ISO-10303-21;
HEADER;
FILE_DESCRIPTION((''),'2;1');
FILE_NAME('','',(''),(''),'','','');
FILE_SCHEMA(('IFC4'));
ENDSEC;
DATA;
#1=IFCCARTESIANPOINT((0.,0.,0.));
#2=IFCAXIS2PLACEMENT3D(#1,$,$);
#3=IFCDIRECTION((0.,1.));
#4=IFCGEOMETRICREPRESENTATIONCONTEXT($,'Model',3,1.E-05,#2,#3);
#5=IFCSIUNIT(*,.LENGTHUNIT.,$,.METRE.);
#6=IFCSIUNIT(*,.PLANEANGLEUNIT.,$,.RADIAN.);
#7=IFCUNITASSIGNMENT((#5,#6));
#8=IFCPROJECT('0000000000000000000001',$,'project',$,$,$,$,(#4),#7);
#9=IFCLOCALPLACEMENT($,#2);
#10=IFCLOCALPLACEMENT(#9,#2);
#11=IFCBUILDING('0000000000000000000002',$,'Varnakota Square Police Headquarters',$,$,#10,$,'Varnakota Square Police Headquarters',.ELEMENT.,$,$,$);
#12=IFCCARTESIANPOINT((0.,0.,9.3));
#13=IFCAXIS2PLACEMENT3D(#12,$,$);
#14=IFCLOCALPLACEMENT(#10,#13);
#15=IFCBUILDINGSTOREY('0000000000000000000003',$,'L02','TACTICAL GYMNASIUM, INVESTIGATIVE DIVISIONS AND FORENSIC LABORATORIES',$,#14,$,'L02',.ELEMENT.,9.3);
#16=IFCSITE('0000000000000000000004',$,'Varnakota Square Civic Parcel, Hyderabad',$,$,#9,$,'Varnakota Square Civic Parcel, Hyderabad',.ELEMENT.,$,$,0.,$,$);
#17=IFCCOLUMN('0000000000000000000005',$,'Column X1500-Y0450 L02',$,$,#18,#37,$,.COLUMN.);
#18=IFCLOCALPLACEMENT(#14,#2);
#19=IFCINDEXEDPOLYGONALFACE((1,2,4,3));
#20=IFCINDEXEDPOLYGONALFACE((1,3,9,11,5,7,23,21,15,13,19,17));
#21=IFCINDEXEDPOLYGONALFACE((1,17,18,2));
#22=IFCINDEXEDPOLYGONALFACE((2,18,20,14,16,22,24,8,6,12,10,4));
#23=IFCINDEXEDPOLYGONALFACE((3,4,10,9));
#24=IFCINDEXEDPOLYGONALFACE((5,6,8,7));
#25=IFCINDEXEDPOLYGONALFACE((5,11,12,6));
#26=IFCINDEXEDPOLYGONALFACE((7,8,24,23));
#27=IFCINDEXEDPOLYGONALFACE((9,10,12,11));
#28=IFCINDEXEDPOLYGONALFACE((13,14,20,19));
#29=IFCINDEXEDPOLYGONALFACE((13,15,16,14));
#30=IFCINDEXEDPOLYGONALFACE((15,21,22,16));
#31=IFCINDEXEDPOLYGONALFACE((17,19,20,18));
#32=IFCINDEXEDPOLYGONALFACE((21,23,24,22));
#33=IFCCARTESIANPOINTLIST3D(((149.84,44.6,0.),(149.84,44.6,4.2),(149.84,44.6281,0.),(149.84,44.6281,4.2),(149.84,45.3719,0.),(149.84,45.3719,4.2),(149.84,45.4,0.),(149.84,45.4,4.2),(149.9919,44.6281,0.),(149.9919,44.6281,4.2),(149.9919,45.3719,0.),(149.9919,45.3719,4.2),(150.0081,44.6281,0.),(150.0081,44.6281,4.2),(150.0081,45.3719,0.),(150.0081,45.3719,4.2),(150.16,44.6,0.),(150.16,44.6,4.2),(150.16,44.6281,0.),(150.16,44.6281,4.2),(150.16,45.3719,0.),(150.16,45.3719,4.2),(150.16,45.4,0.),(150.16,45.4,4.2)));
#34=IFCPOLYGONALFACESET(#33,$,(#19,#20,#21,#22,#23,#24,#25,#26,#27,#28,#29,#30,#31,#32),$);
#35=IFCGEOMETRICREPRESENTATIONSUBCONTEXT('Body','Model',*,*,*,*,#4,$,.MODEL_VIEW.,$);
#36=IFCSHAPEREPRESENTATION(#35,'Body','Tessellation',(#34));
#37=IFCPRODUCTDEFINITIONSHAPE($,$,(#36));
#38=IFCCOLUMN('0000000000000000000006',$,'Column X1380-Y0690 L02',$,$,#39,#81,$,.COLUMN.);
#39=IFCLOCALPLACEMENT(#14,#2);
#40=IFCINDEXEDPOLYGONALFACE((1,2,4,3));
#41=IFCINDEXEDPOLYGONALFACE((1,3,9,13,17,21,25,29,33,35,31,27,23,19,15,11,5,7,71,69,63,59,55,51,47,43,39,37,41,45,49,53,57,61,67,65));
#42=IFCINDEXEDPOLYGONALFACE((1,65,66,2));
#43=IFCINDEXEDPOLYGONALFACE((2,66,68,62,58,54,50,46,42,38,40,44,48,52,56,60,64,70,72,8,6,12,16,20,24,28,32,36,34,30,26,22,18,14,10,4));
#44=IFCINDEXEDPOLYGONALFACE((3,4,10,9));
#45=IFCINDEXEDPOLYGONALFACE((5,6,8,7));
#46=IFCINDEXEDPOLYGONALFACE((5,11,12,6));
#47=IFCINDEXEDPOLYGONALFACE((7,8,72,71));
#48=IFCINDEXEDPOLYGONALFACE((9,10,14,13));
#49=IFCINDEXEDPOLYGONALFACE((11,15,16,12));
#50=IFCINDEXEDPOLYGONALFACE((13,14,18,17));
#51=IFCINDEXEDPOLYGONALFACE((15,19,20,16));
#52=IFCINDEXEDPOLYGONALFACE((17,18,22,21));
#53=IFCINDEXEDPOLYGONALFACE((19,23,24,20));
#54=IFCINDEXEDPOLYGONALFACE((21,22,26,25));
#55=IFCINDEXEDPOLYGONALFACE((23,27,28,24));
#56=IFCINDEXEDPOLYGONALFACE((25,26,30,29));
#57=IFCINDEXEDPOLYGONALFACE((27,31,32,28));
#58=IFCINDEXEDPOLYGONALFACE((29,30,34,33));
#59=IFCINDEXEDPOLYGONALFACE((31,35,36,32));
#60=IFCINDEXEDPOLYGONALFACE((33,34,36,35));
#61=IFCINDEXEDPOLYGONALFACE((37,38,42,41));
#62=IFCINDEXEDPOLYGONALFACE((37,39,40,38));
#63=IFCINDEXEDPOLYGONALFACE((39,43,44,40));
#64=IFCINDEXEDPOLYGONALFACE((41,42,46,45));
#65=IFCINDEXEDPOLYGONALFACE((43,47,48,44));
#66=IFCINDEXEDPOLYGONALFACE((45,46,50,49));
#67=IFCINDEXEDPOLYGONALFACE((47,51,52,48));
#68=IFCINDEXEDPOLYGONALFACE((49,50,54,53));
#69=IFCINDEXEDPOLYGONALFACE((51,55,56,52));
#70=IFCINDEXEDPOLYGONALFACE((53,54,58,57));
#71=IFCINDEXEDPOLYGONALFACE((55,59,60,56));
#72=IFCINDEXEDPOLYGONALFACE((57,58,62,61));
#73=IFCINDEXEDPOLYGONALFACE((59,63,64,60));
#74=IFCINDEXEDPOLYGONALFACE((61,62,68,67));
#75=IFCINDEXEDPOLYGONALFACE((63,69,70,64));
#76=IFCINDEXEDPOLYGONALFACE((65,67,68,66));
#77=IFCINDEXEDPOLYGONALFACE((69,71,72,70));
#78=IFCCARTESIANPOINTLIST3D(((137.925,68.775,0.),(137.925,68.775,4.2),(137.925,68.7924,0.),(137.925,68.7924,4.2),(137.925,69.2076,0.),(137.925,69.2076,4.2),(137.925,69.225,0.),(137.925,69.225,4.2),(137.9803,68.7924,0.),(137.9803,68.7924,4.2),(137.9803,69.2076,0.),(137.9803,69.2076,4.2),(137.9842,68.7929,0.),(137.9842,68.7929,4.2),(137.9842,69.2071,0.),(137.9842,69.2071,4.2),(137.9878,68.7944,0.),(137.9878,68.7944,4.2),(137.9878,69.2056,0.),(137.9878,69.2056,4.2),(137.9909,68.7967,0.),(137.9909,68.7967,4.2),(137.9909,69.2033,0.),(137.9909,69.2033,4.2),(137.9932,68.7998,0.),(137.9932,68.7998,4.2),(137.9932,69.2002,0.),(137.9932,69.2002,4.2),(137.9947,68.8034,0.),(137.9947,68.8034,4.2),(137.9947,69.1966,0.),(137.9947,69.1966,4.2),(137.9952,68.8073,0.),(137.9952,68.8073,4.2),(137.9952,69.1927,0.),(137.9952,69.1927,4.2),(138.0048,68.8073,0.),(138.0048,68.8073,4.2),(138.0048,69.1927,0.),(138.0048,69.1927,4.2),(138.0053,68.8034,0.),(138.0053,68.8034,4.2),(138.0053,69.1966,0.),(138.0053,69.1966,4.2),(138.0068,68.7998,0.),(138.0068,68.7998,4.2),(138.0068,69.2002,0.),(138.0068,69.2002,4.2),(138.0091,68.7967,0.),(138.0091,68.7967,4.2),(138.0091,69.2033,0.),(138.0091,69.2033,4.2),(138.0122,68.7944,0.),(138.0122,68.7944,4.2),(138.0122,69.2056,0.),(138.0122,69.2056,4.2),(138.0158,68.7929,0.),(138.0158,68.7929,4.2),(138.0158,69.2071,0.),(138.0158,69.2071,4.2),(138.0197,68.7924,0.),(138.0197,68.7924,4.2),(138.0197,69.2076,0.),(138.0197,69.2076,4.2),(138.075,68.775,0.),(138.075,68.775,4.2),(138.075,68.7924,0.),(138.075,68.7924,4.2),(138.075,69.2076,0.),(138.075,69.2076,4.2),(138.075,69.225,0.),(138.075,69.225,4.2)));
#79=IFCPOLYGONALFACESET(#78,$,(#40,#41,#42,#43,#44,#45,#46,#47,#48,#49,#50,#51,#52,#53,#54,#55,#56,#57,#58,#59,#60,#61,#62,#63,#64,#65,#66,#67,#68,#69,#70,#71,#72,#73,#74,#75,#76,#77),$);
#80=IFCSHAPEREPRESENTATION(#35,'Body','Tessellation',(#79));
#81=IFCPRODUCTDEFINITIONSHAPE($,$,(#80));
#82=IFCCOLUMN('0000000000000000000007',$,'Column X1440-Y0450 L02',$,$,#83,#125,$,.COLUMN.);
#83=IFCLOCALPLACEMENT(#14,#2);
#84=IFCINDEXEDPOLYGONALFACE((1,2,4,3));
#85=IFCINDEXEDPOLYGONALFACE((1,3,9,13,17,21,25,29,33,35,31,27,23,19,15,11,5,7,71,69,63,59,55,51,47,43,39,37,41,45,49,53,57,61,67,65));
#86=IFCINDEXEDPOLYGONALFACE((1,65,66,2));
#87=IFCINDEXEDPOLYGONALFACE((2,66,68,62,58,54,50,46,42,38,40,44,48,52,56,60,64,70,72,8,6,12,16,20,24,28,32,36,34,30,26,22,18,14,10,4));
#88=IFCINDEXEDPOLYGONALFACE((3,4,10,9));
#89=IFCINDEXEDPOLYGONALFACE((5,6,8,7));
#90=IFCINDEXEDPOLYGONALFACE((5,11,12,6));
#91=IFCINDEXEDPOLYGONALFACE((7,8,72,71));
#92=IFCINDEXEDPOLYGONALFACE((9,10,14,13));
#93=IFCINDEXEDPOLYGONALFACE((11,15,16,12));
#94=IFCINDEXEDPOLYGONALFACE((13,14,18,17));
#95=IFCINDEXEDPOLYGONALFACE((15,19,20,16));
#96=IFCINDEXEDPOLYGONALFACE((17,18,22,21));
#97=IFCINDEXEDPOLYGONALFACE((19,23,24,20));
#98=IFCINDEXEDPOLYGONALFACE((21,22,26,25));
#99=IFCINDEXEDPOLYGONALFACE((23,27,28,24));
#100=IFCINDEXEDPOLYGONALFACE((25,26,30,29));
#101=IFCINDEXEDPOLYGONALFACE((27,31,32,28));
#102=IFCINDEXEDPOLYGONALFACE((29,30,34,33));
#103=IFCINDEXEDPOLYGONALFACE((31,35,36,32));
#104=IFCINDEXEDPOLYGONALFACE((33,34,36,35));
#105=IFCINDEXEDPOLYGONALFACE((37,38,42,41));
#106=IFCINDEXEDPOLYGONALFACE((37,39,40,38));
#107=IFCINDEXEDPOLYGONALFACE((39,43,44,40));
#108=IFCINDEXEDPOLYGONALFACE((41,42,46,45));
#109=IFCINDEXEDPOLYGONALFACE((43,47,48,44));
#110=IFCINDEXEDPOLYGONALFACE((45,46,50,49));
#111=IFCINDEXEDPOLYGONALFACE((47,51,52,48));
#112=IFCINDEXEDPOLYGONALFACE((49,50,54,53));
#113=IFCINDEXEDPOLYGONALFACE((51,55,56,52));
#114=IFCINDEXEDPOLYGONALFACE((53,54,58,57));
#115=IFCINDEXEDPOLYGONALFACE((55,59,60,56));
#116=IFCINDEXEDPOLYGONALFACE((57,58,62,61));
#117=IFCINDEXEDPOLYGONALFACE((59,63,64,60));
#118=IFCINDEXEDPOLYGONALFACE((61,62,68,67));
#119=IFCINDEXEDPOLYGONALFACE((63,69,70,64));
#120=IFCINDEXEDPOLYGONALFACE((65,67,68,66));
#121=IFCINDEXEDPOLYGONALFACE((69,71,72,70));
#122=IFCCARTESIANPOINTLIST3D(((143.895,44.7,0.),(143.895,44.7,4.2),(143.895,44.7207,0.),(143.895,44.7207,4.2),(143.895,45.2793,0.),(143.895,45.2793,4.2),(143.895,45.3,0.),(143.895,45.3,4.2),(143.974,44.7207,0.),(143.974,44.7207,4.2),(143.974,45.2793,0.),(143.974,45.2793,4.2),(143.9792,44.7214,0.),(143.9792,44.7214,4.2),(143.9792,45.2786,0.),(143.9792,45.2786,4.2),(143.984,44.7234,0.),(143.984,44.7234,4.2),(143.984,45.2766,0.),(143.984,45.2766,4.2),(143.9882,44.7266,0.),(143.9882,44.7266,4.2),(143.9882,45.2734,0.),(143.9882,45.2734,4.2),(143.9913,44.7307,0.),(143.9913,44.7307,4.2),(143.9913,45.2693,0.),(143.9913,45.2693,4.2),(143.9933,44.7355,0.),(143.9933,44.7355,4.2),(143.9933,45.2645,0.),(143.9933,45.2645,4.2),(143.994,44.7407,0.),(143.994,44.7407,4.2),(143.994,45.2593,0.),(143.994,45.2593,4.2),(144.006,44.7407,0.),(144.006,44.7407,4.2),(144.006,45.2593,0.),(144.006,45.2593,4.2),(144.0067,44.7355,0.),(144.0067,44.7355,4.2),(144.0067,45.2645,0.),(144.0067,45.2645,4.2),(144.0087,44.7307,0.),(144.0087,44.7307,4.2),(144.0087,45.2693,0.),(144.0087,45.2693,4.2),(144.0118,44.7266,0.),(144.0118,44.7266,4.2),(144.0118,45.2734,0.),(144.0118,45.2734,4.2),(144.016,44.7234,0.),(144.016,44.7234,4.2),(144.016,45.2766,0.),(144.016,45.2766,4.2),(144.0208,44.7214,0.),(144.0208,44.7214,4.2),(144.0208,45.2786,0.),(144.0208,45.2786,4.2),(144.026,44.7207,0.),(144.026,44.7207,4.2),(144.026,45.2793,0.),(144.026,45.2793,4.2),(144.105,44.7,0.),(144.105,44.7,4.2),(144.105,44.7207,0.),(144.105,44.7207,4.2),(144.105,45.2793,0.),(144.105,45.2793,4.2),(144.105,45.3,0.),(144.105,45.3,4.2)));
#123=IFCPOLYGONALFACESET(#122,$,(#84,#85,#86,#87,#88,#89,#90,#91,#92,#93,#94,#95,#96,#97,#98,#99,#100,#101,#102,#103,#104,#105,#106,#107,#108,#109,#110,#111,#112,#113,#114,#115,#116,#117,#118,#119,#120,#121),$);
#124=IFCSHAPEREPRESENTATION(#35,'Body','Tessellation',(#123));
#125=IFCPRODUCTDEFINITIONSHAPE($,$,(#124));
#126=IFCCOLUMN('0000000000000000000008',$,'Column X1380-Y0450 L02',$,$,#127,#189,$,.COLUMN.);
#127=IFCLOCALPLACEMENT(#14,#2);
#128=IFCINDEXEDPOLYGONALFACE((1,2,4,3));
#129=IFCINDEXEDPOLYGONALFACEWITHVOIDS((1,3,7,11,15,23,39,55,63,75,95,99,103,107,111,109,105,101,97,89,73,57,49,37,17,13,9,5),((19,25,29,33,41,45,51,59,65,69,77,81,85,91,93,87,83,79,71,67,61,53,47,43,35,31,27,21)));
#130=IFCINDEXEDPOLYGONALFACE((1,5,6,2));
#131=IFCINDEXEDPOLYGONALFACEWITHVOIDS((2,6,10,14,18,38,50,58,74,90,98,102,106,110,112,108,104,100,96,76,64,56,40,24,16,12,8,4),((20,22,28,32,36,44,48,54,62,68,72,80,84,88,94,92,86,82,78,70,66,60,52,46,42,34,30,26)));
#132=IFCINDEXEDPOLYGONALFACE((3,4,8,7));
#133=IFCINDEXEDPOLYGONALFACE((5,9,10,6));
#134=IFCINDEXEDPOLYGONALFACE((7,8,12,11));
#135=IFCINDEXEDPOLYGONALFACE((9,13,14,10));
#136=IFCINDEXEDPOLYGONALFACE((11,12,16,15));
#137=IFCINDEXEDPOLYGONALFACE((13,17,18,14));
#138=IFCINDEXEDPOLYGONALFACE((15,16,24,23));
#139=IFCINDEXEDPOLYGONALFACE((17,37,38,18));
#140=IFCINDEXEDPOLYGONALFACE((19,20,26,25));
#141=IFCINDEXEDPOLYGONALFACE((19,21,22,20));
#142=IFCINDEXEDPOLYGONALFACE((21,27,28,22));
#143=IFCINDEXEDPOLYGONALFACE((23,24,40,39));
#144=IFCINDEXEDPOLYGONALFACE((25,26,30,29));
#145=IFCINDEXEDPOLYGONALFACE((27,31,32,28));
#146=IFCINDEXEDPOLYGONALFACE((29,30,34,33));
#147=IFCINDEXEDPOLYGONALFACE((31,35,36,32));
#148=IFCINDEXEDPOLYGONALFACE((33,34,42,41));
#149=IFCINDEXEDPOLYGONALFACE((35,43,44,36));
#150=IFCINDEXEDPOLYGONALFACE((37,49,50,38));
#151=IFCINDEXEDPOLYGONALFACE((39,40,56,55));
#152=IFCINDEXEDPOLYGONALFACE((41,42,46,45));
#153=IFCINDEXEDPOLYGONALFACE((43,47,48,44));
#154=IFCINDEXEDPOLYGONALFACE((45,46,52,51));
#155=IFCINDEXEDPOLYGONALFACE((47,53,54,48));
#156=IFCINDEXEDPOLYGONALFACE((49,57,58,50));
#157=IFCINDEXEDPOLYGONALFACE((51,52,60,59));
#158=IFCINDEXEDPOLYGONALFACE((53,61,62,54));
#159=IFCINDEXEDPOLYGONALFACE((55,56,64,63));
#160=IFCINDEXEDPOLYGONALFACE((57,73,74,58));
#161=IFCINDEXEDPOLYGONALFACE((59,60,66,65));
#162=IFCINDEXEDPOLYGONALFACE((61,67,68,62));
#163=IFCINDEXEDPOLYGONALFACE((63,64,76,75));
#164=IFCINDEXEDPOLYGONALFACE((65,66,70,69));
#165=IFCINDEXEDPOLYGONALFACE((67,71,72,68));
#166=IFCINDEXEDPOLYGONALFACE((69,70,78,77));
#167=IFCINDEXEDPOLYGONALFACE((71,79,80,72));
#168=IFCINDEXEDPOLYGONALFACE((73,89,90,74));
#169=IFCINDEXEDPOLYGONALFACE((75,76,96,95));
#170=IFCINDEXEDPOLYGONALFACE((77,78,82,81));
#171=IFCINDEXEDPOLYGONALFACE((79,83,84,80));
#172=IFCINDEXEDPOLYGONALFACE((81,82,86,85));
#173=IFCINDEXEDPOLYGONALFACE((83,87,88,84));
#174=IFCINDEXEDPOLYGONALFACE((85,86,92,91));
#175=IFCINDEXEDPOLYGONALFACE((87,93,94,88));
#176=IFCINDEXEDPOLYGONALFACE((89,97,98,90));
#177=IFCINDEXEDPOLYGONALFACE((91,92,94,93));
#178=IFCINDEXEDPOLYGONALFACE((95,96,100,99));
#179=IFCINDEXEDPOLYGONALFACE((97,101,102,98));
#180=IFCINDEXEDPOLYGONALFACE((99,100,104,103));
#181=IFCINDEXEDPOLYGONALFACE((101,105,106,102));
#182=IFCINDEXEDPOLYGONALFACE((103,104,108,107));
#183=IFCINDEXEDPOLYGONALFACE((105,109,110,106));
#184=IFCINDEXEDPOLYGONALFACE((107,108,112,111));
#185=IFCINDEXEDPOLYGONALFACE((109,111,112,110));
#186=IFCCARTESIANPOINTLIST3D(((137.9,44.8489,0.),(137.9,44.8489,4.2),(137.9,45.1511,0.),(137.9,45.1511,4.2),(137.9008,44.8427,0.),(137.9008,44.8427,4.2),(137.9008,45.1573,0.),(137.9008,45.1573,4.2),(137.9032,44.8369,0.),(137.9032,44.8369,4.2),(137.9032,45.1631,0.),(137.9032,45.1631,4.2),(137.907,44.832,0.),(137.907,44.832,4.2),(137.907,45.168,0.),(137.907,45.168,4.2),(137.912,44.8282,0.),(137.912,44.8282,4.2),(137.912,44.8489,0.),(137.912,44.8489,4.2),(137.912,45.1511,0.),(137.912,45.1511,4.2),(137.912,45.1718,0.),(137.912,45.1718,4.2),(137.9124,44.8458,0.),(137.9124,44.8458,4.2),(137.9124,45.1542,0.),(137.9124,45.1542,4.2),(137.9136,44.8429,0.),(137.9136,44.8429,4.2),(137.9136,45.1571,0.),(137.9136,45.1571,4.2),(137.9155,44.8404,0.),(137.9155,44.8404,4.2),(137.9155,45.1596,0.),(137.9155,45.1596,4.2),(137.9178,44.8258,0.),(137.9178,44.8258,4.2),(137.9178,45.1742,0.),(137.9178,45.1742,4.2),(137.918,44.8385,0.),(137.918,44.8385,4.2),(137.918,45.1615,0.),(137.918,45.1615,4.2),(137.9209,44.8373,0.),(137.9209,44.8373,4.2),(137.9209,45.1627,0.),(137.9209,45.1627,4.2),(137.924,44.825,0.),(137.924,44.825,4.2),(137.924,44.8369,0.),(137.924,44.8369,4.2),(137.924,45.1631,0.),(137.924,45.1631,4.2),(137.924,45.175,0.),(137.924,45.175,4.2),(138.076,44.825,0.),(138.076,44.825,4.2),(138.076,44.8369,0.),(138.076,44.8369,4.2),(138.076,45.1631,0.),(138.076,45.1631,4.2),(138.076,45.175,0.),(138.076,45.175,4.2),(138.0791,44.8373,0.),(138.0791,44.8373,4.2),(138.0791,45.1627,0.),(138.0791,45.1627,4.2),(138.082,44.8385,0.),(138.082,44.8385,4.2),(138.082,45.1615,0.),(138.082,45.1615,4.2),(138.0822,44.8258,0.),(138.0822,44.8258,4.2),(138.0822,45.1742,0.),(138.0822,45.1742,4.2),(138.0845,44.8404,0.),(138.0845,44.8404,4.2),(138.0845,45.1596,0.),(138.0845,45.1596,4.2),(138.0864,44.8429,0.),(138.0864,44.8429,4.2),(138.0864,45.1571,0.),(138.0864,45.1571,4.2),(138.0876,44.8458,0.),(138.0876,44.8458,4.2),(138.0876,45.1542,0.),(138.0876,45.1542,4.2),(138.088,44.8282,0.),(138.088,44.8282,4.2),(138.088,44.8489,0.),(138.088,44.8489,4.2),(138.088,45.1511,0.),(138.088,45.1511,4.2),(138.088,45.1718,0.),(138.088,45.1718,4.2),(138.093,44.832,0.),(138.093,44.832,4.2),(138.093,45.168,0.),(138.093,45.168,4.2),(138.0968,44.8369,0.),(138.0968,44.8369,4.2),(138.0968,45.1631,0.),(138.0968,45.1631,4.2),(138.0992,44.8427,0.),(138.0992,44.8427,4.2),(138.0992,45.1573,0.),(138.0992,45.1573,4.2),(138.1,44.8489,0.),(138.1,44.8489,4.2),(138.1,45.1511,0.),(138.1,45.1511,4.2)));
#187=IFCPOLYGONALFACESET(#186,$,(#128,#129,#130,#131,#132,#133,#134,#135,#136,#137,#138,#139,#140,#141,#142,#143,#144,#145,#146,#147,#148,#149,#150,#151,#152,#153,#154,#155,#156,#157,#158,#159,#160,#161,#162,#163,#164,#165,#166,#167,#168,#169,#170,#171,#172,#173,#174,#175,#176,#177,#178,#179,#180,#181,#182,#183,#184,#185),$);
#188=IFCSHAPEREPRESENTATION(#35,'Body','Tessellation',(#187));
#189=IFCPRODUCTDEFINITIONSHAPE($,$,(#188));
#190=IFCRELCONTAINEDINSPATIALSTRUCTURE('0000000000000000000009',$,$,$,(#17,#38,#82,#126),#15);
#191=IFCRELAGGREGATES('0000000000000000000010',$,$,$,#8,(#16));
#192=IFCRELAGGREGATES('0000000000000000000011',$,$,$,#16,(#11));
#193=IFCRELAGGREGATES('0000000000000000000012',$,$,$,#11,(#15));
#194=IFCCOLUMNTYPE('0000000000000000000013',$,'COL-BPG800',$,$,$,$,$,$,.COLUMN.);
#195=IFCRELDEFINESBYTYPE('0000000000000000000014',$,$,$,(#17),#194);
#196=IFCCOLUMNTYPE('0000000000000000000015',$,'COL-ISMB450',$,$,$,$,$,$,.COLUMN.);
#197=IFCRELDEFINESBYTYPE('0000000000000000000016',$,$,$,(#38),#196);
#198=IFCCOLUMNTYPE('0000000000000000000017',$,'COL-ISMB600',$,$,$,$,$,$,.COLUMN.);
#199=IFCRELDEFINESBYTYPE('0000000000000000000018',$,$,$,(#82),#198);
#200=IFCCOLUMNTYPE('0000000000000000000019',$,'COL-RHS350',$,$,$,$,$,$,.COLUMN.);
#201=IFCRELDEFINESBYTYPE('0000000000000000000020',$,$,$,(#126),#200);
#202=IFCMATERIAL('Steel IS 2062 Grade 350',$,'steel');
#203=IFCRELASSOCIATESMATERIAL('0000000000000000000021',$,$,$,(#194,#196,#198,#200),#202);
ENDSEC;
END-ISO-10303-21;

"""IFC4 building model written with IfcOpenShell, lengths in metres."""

from ifc_helpers import new_model, si_unit, direction, frame, origin, origin_2d, place, context, subcontext, project, spatial, hollow_rectangle, i_section, extrude, material, material_profile, profile_set, type_object, element, save


model = new_model("IFC4")

# Units and contexts
model_context = context("Model", 3, precision=1e-05, world=origin(), true_north=direction((0.0, 1.0)))
body_context = subcontext(model_context, "Body", "Model", "MODEL_VIEW")
ifc_project = project(units=[si_unit("LENGTHUNIT", "METRE"), si_unit("PLANEANGLEUNIT", "RADIAN")], contexts=[model_context])

# Site, building, storey
site_placement = place(None, origin())
site = spatial("IfcSite", under=ifc_project, at=site_placement, Name="Varnakota Square Civic Parcel, Hyderabad", LongName="Varnakota Square Civic Parcel, Hyderabad", CompositionType="ELEMENT", RefElevation=0.0)
building_placement = place(site_placement, origin())
building = spatial("IfcBuilding", under=site, at=building_placement, Name="Varnakota Square Police Headquarters", LongName="Varnakota Square Police Headquarters", CompositionType="ELEMENT")
storey_placement = place(building_placement, frame((0.0, 0.0, 9.3)))
storey = spatial("IfcBuildingStorey", under=building, at=storey_placement, Name="L02", Description="TACTICAL GYMNASIUM, INVESTIGATIVE DIVISIONS AND FORENSIC LABORATORIES", LongName="L02", CompositionType="ELEMENT", Elevation=9.3)

# Columns
ifc_material_1 = material(Name="Steel IS 2062 Grade 350", Category="steel")
ifc_material_profile_1 = material_profile(ifc_material_1, i_section(OverallWidth=0.3201, OverallDepth=0.8, WebThickness=0.0161, FlangeThickness=0.0281, at=origin_2d()), Name="BPG 800x320")
ifc_profile_set_1 = profile_set([ifc_material_profile_1], Name="Steel IS 2062 Grade 350")
column_type_1 = type_object("IfcColumnType", Name="COL-BPG800", PredefinedType="COLUMN", material=ifc_profile_set_1)
column_1_placement = place(storey_placement, frame((150.0, 45.0, 0.0), z_axis=(0.0, 0.0, 1.0), x_axis=(1.0, 0.0, 0.0)))
element("IfcColumn", 1, at=column_1_placement, inside=storey, type_object=column_type_1, Name="Column X1500-Y0450 L02", PredefinedType="COLUMN", context=body_context, shape_type="SweptSolid", body=[
    extrude(i_section(OverallWidth=0.3201, OverallDepth=0.8, WebThickness=0.0161, FlangeThickness=0.0281, at=origin_2d()), origin(), (0.0, 0.0, 1.0), 4.2),
])
ifc_material_profile_2 = material_profile(ifc_material_1, i_section(OverallWidth=0.1499, OverallDepth=0.45, WebThickness=0.0095, FlangeThickness=0.0173, FilletRadius=0.0149, at=origin_2d()), Name="ISMB 450")
ifc_profile_set_2 = profile_set([ifc_material_profile_2], Name="Steel IS 2062 Grade 350")
column_type_2 = type_object("IfcColumnType", Name="COL-ISMB450", PredefinedType="COLUMN", material=ifc_profile_set_2)
column_2_placement = place(storey_placement, frame((138.0, 69.0, 0.0), z_axis=(0.0, 0.0, 1.0), x_axis=(1.0, 0.0, 0.0)))
element("IfcColumn", 2, at=column_2_placement, inside=storey, type_object=column_type_2, Name="Column X1380-Y0690 L02", PredefinedType="COLUMN", context=body_context, shape_type="SweptSolid", body=[
    extrude(i_section(OverallWidth=0.1499, OverallDepth=0.45, WebThickness=0.0095, FlangeThickness=0.0173, FilletRadius=0.0149, at=origin_2d()), origin(), (0.0, 0.0, 1.0), 4.2),
])
ifc_material_profile_3 = material_profile(ifc_material_1, i_section(OverallWidth=0.21, OverallDepth=0.6001, WebThickness=0.012, FlangeThickness=0.0208, FilletRadius=0.02, at=origin_2d()), Name="ISMB 600")
ifc_profile_set_3 = profile_set([ifc_material_profile_3], Name="Steel IS 2062 Grade 350")
column_type_3 = type_object("IfcColumnType", Name="COL-ISMB600", PredefinedType="COLUMN", material=ifc_profile_set_3)
column_3_placement = place(storey_placement, frame((144.0, 45.0, 0.0), z_axis=(0.0, 0.0, 1.0), x_axis=(1.0, 0.0, 0.0)))
element("IfcColumn", 3, at=column_3_placement, inside=storey, type_object=column_type_3, Name="Column X1440-Y0450 L02", PredefinedType="COLUMN", context=body_context, shape_type="SweptSolid", body=[
    extrude(i_section(OverallWidth=0.21, OverallDepth=0.6001, WebThickness=0.012, FlangeThickness=0.0208, FilletRadius=0.02, at=origin_2d()), origin(), (0.0, 0.0, 1.0), 4.2),
])
ifc_material_profile_4 = material_profile(ifc_material_1, hollow_rectangle(XDim=0.2, YDim=0.3501, WallThickness=0.012, InnerFilletRadius=0.012, OuterFilletRadius=0.0239, at=origin_2d()), Name="RHS 350x200x12")
ifc_profile_set_4 = profile_set([ifc_material_profile_4], Name="Steel IS 2062 Grade 350")
column_type_4 = type_object("IfcColumnType", Name="COL-RHS350", PredefinedType="COLUMN", material=ifc_profile_set_4)
for number, where, z_axis, x_axis, name in (
    (4, (138.0, 45.0, 0.0), (0.0, 0.0, 1.0), (1.0, 0.0, 0.0), "Column X1380-Y0450 L02"),
):
    element("IfcColumn", number, at=place(storey_placement, frame(where, z_axis=z_axis, x_axis=x_axis)), inside=storey, type_object=column_type_4, Name=name, PredefinedType="COLUMN", context=body_context, shape_type="SweptSolid", body=[
        extrude(hollow_rectangle(XDim=0.2, YDim=0.3501, WallThickness=0.012, InnerFilletRadius=0.012, OuterFilletRadius=0.0239, at=origin_2d()), origin(), (0.0, 0.0, 1.0), 4.2),
    ])

save(model, "model.ifc")
